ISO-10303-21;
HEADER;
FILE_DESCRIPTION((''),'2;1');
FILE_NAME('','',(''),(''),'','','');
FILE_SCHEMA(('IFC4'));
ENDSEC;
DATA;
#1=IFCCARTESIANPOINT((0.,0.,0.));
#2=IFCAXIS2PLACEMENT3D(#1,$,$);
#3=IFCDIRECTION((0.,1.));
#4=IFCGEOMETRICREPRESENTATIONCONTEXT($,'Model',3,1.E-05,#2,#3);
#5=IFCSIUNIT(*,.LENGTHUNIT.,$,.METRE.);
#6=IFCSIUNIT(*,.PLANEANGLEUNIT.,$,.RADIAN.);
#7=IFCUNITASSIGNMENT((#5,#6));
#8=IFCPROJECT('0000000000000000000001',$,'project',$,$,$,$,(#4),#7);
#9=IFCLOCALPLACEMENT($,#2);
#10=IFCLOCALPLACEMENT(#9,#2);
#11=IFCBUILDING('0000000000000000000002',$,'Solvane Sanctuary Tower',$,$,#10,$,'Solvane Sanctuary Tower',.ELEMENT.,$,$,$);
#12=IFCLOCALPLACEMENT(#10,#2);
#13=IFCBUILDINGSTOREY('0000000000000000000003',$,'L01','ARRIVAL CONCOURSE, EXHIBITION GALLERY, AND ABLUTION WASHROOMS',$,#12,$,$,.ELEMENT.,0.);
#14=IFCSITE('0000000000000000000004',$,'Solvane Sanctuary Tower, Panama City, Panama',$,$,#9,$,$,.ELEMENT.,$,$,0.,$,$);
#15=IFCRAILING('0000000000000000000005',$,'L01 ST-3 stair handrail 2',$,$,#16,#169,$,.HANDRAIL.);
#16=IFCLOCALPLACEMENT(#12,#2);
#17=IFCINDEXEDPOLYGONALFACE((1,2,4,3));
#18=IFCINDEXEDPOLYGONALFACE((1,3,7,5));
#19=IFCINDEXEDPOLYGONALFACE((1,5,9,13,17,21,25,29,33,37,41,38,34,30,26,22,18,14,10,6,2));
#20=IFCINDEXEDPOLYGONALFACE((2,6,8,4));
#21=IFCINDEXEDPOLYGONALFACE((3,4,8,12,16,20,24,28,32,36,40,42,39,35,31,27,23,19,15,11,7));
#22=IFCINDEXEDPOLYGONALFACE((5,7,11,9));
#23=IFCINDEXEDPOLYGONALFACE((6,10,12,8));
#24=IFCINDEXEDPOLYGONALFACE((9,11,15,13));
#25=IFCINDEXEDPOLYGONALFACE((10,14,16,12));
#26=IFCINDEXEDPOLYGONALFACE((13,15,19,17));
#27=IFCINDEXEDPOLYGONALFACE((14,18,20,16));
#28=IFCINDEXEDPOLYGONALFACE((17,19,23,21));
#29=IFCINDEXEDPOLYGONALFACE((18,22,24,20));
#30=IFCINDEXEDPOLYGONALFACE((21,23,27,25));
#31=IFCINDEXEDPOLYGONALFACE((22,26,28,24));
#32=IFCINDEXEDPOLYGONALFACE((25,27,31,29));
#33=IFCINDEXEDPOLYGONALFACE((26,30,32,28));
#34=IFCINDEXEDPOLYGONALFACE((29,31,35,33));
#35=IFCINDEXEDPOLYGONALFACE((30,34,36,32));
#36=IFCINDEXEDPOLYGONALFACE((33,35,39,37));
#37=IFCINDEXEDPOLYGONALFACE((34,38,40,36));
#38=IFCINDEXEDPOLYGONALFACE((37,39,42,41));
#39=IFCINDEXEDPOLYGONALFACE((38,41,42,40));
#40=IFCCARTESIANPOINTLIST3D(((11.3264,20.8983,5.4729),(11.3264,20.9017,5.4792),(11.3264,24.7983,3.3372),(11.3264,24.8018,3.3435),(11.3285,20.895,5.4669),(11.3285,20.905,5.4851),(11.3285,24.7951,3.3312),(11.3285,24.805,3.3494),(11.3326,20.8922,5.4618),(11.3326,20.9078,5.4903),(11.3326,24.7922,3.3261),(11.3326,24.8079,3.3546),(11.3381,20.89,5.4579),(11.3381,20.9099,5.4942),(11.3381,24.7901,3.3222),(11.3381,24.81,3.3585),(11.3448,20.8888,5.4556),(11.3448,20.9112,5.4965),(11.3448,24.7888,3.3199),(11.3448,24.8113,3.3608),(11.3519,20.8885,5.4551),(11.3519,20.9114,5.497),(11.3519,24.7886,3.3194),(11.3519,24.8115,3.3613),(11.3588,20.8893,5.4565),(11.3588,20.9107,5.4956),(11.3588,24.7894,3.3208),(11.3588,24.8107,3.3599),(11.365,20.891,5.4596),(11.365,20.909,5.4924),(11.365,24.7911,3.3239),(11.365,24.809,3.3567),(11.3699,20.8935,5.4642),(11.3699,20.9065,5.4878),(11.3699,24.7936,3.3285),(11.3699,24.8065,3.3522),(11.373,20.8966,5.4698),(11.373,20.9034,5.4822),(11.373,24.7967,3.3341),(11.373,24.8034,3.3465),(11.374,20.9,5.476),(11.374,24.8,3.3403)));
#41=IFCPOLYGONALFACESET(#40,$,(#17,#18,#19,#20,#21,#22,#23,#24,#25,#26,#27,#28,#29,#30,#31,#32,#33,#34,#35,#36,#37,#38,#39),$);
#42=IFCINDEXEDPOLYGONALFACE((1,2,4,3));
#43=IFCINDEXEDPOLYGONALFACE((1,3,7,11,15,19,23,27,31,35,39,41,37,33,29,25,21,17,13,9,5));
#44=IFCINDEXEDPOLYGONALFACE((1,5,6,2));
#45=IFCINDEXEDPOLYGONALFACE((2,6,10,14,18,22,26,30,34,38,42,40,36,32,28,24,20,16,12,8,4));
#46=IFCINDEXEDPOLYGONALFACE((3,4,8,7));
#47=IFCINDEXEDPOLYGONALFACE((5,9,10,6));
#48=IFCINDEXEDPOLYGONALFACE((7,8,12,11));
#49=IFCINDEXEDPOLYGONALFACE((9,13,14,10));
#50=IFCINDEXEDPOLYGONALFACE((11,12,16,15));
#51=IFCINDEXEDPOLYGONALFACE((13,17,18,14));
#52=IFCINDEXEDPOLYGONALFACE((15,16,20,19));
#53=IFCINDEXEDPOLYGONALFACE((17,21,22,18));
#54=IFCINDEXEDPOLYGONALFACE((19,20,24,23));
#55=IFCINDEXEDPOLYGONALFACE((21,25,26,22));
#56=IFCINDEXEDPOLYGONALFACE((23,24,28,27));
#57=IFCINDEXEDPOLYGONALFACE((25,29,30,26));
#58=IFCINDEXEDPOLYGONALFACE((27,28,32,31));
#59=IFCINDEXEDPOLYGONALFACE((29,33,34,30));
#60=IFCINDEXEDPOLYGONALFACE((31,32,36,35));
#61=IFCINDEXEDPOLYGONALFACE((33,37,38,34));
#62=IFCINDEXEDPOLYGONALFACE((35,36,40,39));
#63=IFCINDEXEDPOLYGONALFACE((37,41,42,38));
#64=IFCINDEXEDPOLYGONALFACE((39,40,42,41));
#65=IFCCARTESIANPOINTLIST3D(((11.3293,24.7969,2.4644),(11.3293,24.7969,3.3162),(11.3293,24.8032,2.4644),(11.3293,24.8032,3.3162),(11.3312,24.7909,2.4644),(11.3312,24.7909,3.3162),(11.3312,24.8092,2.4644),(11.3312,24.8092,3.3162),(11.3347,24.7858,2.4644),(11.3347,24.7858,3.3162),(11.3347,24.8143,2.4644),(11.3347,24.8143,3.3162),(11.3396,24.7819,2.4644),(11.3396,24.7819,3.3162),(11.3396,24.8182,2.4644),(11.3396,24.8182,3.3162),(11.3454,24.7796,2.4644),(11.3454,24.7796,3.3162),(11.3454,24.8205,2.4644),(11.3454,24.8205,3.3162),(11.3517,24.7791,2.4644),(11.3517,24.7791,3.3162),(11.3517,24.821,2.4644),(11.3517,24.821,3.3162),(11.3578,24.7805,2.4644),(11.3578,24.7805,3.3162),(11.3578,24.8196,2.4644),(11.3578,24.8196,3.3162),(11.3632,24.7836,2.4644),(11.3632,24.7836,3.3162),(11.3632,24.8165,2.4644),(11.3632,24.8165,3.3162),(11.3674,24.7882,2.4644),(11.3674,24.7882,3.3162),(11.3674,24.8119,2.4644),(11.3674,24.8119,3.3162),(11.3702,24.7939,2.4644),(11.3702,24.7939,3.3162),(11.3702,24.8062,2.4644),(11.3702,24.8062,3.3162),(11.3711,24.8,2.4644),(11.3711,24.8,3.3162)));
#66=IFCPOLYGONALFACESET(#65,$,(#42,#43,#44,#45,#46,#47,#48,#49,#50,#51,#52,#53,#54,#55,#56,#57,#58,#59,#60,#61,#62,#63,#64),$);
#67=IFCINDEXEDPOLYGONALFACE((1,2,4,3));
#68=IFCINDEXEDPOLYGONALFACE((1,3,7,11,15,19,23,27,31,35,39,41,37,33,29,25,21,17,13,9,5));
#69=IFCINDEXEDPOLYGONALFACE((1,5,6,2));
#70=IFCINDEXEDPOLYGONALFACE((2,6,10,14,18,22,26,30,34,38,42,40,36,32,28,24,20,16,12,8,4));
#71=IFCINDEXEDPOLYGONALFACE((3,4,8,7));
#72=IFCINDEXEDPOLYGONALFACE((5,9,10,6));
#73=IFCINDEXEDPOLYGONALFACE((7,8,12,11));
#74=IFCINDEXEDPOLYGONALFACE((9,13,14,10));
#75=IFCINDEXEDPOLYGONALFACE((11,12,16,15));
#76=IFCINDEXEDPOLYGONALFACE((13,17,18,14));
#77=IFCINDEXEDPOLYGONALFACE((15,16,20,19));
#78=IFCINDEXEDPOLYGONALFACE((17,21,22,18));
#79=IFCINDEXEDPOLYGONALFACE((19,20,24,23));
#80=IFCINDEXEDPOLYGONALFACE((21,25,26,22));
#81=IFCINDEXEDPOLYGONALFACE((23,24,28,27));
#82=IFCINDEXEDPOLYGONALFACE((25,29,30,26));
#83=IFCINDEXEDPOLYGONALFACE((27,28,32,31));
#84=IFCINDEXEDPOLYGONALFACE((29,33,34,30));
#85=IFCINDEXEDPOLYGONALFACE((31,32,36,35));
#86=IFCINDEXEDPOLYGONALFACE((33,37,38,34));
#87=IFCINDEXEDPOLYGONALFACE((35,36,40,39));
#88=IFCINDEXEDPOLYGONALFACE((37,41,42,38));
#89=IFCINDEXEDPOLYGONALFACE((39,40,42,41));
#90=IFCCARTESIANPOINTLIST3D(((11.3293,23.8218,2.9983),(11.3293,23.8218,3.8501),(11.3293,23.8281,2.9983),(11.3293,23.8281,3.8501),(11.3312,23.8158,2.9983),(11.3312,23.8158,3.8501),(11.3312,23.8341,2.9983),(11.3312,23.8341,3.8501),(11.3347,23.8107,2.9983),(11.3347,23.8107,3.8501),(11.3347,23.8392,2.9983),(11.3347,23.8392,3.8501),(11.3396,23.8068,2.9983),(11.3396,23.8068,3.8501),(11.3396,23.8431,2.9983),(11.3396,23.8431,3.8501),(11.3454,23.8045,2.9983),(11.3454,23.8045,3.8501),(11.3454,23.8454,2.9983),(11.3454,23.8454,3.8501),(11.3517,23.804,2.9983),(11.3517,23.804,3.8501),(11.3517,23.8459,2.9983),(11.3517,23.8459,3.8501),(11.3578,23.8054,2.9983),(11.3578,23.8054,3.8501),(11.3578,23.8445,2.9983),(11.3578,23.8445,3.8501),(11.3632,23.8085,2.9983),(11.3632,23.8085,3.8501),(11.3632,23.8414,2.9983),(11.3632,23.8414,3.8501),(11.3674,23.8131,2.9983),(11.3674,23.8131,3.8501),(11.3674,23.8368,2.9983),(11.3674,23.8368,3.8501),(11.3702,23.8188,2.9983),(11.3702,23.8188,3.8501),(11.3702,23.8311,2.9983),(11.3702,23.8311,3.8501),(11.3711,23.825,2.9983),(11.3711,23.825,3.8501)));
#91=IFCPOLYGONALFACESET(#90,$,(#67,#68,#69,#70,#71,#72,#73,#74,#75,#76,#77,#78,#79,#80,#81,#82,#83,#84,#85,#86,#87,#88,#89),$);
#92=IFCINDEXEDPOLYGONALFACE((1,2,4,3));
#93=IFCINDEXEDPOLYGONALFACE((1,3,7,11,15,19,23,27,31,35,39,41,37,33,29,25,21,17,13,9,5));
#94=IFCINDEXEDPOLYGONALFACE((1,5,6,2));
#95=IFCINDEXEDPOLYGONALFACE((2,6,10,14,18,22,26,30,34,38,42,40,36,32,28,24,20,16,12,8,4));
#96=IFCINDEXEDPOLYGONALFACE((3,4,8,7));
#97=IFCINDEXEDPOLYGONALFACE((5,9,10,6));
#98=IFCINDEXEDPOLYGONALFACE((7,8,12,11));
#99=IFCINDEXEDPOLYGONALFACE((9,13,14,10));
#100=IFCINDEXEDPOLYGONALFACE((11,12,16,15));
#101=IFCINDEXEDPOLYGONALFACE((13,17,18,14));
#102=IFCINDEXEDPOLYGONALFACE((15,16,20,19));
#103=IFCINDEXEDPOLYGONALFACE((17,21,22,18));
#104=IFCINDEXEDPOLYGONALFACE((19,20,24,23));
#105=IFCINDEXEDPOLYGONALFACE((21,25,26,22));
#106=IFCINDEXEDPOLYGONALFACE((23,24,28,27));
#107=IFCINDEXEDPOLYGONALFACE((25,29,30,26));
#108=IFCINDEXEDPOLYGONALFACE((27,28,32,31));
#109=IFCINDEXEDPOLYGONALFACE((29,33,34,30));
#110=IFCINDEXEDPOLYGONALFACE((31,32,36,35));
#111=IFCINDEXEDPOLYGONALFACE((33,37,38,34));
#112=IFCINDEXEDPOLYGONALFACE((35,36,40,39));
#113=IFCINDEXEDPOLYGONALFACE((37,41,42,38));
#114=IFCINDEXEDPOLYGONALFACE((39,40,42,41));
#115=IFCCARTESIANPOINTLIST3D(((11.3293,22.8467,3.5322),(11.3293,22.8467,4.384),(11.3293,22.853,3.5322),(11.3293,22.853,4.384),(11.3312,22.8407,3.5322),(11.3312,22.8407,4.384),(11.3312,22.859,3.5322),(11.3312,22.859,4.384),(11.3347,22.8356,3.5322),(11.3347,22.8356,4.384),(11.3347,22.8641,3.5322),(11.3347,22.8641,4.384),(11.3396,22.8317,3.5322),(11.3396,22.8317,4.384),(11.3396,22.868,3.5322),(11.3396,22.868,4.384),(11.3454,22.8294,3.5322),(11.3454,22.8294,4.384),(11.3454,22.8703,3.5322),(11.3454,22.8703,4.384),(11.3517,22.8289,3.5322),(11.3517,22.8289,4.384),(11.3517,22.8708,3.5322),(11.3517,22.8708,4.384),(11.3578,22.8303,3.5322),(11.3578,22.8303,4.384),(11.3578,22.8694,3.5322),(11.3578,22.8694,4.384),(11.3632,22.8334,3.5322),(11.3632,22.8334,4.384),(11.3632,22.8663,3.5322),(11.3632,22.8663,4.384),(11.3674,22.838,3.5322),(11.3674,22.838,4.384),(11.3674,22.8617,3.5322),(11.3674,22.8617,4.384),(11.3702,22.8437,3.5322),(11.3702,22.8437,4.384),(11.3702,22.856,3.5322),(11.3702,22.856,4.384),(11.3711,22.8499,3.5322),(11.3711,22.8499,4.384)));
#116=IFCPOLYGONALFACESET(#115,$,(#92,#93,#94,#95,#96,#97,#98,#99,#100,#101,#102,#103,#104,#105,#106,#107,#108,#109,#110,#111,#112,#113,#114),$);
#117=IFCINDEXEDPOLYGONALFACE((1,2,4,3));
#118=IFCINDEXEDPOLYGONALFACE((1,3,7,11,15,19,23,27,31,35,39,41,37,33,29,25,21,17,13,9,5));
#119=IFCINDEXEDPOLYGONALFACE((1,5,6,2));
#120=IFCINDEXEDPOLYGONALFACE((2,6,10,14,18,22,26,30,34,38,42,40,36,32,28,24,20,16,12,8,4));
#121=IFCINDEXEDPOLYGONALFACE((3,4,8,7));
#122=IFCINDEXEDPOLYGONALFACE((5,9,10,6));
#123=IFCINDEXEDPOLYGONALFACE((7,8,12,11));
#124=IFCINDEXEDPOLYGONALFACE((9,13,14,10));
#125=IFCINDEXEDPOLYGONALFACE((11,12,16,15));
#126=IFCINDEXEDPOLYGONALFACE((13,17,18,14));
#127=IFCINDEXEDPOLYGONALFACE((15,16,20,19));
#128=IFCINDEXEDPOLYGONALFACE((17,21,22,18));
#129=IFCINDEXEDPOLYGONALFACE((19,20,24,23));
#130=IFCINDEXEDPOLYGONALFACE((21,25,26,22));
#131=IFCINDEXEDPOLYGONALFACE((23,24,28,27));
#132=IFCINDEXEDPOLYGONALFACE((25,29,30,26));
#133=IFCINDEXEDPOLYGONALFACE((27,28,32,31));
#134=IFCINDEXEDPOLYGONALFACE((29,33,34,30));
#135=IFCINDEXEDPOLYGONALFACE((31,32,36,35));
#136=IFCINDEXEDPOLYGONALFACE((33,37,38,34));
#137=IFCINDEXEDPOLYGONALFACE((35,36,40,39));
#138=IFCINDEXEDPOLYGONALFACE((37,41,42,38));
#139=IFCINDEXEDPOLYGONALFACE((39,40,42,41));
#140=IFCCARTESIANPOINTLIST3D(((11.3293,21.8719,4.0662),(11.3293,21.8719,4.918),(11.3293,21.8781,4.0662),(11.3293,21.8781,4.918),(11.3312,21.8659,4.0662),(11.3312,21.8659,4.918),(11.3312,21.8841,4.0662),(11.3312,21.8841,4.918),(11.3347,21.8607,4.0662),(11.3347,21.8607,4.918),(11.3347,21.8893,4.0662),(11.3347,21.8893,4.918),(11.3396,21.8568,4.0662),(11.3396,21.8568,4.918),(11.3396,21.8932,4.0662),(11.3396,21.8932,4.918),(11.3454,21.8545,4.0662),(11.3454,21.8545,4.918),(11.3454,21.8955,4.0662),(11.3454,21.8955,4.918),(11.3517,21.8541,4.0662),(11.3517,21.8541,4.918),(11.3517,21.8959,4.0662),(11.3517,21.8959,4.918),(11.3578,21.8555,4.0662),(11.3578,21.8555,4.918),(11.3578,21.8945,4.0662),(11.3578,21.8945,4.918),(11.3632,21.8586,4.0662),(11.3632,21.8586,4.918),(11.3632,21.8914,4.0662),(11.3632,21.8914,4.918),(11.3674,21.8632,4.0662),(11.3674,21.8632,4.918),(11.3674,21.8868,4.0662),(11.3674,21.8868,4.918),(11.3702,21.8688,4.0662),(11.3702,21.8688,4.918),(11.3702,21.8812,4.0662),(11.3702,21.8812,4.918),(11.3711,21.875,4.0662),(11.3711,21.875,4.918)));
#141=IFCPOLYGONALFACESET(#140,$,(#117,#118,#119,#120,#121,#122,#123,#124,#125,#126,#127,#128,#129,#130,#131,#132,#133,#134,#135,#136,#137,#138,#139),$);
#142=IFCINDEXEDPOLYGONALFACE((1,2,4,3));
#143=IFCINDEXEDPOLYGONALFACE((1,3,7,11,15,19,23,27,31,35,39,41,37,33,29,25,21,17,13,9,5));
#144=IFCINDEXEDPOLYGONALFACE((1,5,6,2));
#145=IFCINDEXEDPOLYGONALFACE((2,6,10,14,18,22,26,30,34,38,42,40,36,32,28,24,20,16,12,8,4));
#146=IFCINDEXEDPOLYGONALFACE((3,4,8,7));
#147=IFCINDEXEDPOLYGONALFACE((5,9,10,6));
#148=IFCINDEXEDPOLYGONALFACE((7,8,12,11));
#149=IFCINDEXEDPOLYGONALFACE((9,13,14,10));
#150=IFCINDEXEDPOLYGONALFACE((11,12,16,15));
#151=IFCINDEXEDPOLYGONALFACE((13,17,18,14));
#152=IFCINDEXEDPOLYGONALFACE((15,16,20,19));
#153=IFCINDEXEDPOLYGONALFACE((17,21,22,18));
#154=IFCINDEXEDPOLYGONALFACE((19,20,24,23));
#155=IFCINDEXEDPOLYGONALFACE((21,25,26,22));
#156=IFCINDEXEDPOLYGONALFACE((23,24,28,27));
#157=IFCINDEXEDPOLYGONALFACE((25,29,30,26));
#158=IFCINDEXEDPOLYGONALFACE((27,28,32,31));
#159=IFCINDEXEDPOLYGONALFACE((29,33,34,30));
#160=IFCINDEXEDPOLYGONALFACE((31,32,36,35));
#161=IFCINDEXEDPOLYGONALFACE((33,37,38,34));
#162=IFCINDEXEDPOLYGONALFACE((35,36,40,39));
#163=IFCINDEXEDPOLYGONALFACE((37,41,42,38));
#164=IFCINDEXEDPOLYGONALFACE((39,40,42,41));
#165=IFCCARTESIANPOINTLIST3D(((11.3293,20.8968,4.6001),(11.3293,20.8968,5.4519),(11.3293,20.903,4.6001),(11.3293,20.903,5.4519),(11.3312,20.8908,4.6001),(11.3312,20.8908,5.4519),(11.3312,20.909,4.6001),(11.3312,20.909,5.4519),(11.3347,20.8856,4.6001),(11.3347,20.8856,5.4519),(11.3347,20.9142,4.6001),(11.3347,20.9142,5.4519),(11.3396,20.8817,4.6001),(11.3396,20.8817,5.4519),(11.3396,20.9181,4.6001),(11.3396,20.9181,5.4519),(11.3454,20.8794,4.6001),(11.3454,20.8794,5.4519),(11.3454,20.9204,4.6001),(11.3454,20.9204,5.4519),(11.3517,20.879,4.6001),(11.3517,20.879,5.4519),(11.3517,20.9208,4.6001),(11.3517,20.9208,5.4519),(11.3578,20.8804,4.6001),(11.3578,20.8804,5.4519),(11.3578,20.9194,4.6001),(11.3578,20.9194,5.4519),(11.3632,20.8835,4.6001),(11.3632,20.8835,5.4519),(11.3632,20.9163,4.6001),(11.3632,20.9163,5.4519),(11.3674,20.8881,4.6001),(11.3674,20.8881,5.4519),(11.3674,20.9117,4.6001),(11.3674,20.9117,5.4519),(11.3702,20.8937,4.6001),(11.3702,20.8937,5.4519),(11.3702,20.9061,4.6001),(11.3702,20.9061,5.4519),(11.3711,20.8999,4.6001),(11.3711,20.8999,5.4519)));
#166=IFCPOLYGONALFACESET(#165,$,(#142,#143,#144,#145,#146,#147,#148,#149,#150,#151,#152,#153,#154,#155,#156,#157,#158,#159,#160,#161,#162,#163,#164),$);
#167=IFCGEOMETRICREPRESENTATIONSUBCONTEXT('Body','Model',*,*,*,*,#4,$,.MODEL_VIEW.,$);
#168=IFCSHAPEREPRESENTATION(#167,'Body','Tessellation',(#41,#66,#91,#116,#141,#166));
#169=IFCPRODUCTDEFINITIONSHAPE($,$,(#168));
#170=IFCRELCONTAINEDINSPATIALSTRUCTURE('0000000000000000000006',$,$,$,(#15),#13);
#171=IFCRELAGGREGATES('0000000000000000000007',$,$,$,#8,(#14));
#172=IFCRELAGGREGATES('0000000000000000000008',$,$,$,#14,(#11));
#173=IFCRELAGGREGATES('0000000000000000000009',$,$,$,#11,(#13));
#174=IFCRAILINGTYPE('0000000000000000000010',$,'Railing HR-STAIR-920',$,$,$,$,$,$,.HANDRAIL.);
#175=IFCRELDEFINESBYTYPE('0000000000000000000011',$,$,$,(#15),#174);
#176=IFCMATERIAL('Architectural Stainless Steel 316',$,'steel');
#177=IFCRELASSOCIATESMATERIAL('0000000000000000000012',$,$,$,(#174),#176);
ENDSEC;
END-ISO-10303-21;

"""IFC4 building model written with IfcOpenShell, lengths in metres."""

from ifc_helpers import new_model, si_unit, direction, frame, origin, origin_2d, place, context, subcontext, project, spatial, circle, extrude, material, type_object, element, save


model = new_model("IFC4")

# Units and contexts
model_context = context("Model", 3, precision=1e-05, world=origin(), true_north=direction((0.0, 1.0)))
body_context = subcontext(model_context, "Body", "Model", "MODEL_VIEW")
ifc_project = project(units=[si_unit("LENGTHUNIT", "METRE"), si_unit("PLANEANGLEUNIT", "RADIAN")], contexts=[model_context])

# Site, building, storey
site_placement = place(None, origin())
site = spatial("IfcSite", under=ifc_project, at=site_placement, Name="Solvane Sanctuary Tower, Panama City, Panama", CompositionType="ELEMENT", RefElevation=0.0)
building_placement = place(site_placement, origin())
building = spatial("IfcBuilding", under=site, at=building_placement, Name="Solvane Sanctuary Tower", LongName="Solvane Sanctuary Tower", CompositionType="ELEMENT")
storey_placement = place(building_placement, origin())
storey = spatial("IfcBuildingStorey", under=building, at=storey_placement, Name="L01", Description="ARRIVAL CONCOURSE, EXHIBITION GALLERY, AND ABLUTION WASHROOMS", CompositionType="ELEMENT", Elevation=0.0)

# Shared definitions
ifc_material_1 = material(Name="Architectural Stainless Steel 316", Category="steel")

# Railing
railing_type_1 = type_object("IfcRailingType", Name="Railing HR-STAIR-920", PredefinedType="HANDRAIL", material=ifc_material_1)
railing_1_placement = place(storey_placement, frame((11.3501, 24.8, 2.4644)))
element("IfcRailing", 1, at=railing_1_placement, inside=storey, type_object=railing_type_1, Name="L01 ST-3 stair handrail 2", PredefinedType="HANDRAIL", context=body_context, shape_type="SweptSolid", body=[
    extrude(circle(Radius=0.0239, at=origin_2d()), frame((0.0, 0.0, 0.876), z_axis=(0.0, -0.877101, 0.480306), x_axis=(1.0, 0.0, 0.0)), (0.0, 0.0, 1.0), 4.4465),
    extrude(circle(Radius=0.021, at=origin_2d()), origin(), (0.0, 0.0, 1.0), 0.8518),
    extrude(circle(Radius=0.021, at=origin_2d()), frame((0.0, -0.9751, 0.5339)), (0.0, 0.0, 1.0), 0.8518),
    extrude(circle(Radius=0.021, at=origin_2d()), frame((0.0, -1.9502, 1.0679)), (0.0, 0.0, 1.0), 0.8518),
    extrude(circle(Radius=0.021, at=origin_2d()), frame((0.0, -2.925, 1.6018)), (0.0, 0.0, 1.0), 0.8518),
    extrude(circle(Radius=0.021, at=origin_2d()), frame((0.0, -3.9001, 2.1357)), (0.0, 0.0, 1.0), 0.8518),
])

save(model, "model.ifc")
